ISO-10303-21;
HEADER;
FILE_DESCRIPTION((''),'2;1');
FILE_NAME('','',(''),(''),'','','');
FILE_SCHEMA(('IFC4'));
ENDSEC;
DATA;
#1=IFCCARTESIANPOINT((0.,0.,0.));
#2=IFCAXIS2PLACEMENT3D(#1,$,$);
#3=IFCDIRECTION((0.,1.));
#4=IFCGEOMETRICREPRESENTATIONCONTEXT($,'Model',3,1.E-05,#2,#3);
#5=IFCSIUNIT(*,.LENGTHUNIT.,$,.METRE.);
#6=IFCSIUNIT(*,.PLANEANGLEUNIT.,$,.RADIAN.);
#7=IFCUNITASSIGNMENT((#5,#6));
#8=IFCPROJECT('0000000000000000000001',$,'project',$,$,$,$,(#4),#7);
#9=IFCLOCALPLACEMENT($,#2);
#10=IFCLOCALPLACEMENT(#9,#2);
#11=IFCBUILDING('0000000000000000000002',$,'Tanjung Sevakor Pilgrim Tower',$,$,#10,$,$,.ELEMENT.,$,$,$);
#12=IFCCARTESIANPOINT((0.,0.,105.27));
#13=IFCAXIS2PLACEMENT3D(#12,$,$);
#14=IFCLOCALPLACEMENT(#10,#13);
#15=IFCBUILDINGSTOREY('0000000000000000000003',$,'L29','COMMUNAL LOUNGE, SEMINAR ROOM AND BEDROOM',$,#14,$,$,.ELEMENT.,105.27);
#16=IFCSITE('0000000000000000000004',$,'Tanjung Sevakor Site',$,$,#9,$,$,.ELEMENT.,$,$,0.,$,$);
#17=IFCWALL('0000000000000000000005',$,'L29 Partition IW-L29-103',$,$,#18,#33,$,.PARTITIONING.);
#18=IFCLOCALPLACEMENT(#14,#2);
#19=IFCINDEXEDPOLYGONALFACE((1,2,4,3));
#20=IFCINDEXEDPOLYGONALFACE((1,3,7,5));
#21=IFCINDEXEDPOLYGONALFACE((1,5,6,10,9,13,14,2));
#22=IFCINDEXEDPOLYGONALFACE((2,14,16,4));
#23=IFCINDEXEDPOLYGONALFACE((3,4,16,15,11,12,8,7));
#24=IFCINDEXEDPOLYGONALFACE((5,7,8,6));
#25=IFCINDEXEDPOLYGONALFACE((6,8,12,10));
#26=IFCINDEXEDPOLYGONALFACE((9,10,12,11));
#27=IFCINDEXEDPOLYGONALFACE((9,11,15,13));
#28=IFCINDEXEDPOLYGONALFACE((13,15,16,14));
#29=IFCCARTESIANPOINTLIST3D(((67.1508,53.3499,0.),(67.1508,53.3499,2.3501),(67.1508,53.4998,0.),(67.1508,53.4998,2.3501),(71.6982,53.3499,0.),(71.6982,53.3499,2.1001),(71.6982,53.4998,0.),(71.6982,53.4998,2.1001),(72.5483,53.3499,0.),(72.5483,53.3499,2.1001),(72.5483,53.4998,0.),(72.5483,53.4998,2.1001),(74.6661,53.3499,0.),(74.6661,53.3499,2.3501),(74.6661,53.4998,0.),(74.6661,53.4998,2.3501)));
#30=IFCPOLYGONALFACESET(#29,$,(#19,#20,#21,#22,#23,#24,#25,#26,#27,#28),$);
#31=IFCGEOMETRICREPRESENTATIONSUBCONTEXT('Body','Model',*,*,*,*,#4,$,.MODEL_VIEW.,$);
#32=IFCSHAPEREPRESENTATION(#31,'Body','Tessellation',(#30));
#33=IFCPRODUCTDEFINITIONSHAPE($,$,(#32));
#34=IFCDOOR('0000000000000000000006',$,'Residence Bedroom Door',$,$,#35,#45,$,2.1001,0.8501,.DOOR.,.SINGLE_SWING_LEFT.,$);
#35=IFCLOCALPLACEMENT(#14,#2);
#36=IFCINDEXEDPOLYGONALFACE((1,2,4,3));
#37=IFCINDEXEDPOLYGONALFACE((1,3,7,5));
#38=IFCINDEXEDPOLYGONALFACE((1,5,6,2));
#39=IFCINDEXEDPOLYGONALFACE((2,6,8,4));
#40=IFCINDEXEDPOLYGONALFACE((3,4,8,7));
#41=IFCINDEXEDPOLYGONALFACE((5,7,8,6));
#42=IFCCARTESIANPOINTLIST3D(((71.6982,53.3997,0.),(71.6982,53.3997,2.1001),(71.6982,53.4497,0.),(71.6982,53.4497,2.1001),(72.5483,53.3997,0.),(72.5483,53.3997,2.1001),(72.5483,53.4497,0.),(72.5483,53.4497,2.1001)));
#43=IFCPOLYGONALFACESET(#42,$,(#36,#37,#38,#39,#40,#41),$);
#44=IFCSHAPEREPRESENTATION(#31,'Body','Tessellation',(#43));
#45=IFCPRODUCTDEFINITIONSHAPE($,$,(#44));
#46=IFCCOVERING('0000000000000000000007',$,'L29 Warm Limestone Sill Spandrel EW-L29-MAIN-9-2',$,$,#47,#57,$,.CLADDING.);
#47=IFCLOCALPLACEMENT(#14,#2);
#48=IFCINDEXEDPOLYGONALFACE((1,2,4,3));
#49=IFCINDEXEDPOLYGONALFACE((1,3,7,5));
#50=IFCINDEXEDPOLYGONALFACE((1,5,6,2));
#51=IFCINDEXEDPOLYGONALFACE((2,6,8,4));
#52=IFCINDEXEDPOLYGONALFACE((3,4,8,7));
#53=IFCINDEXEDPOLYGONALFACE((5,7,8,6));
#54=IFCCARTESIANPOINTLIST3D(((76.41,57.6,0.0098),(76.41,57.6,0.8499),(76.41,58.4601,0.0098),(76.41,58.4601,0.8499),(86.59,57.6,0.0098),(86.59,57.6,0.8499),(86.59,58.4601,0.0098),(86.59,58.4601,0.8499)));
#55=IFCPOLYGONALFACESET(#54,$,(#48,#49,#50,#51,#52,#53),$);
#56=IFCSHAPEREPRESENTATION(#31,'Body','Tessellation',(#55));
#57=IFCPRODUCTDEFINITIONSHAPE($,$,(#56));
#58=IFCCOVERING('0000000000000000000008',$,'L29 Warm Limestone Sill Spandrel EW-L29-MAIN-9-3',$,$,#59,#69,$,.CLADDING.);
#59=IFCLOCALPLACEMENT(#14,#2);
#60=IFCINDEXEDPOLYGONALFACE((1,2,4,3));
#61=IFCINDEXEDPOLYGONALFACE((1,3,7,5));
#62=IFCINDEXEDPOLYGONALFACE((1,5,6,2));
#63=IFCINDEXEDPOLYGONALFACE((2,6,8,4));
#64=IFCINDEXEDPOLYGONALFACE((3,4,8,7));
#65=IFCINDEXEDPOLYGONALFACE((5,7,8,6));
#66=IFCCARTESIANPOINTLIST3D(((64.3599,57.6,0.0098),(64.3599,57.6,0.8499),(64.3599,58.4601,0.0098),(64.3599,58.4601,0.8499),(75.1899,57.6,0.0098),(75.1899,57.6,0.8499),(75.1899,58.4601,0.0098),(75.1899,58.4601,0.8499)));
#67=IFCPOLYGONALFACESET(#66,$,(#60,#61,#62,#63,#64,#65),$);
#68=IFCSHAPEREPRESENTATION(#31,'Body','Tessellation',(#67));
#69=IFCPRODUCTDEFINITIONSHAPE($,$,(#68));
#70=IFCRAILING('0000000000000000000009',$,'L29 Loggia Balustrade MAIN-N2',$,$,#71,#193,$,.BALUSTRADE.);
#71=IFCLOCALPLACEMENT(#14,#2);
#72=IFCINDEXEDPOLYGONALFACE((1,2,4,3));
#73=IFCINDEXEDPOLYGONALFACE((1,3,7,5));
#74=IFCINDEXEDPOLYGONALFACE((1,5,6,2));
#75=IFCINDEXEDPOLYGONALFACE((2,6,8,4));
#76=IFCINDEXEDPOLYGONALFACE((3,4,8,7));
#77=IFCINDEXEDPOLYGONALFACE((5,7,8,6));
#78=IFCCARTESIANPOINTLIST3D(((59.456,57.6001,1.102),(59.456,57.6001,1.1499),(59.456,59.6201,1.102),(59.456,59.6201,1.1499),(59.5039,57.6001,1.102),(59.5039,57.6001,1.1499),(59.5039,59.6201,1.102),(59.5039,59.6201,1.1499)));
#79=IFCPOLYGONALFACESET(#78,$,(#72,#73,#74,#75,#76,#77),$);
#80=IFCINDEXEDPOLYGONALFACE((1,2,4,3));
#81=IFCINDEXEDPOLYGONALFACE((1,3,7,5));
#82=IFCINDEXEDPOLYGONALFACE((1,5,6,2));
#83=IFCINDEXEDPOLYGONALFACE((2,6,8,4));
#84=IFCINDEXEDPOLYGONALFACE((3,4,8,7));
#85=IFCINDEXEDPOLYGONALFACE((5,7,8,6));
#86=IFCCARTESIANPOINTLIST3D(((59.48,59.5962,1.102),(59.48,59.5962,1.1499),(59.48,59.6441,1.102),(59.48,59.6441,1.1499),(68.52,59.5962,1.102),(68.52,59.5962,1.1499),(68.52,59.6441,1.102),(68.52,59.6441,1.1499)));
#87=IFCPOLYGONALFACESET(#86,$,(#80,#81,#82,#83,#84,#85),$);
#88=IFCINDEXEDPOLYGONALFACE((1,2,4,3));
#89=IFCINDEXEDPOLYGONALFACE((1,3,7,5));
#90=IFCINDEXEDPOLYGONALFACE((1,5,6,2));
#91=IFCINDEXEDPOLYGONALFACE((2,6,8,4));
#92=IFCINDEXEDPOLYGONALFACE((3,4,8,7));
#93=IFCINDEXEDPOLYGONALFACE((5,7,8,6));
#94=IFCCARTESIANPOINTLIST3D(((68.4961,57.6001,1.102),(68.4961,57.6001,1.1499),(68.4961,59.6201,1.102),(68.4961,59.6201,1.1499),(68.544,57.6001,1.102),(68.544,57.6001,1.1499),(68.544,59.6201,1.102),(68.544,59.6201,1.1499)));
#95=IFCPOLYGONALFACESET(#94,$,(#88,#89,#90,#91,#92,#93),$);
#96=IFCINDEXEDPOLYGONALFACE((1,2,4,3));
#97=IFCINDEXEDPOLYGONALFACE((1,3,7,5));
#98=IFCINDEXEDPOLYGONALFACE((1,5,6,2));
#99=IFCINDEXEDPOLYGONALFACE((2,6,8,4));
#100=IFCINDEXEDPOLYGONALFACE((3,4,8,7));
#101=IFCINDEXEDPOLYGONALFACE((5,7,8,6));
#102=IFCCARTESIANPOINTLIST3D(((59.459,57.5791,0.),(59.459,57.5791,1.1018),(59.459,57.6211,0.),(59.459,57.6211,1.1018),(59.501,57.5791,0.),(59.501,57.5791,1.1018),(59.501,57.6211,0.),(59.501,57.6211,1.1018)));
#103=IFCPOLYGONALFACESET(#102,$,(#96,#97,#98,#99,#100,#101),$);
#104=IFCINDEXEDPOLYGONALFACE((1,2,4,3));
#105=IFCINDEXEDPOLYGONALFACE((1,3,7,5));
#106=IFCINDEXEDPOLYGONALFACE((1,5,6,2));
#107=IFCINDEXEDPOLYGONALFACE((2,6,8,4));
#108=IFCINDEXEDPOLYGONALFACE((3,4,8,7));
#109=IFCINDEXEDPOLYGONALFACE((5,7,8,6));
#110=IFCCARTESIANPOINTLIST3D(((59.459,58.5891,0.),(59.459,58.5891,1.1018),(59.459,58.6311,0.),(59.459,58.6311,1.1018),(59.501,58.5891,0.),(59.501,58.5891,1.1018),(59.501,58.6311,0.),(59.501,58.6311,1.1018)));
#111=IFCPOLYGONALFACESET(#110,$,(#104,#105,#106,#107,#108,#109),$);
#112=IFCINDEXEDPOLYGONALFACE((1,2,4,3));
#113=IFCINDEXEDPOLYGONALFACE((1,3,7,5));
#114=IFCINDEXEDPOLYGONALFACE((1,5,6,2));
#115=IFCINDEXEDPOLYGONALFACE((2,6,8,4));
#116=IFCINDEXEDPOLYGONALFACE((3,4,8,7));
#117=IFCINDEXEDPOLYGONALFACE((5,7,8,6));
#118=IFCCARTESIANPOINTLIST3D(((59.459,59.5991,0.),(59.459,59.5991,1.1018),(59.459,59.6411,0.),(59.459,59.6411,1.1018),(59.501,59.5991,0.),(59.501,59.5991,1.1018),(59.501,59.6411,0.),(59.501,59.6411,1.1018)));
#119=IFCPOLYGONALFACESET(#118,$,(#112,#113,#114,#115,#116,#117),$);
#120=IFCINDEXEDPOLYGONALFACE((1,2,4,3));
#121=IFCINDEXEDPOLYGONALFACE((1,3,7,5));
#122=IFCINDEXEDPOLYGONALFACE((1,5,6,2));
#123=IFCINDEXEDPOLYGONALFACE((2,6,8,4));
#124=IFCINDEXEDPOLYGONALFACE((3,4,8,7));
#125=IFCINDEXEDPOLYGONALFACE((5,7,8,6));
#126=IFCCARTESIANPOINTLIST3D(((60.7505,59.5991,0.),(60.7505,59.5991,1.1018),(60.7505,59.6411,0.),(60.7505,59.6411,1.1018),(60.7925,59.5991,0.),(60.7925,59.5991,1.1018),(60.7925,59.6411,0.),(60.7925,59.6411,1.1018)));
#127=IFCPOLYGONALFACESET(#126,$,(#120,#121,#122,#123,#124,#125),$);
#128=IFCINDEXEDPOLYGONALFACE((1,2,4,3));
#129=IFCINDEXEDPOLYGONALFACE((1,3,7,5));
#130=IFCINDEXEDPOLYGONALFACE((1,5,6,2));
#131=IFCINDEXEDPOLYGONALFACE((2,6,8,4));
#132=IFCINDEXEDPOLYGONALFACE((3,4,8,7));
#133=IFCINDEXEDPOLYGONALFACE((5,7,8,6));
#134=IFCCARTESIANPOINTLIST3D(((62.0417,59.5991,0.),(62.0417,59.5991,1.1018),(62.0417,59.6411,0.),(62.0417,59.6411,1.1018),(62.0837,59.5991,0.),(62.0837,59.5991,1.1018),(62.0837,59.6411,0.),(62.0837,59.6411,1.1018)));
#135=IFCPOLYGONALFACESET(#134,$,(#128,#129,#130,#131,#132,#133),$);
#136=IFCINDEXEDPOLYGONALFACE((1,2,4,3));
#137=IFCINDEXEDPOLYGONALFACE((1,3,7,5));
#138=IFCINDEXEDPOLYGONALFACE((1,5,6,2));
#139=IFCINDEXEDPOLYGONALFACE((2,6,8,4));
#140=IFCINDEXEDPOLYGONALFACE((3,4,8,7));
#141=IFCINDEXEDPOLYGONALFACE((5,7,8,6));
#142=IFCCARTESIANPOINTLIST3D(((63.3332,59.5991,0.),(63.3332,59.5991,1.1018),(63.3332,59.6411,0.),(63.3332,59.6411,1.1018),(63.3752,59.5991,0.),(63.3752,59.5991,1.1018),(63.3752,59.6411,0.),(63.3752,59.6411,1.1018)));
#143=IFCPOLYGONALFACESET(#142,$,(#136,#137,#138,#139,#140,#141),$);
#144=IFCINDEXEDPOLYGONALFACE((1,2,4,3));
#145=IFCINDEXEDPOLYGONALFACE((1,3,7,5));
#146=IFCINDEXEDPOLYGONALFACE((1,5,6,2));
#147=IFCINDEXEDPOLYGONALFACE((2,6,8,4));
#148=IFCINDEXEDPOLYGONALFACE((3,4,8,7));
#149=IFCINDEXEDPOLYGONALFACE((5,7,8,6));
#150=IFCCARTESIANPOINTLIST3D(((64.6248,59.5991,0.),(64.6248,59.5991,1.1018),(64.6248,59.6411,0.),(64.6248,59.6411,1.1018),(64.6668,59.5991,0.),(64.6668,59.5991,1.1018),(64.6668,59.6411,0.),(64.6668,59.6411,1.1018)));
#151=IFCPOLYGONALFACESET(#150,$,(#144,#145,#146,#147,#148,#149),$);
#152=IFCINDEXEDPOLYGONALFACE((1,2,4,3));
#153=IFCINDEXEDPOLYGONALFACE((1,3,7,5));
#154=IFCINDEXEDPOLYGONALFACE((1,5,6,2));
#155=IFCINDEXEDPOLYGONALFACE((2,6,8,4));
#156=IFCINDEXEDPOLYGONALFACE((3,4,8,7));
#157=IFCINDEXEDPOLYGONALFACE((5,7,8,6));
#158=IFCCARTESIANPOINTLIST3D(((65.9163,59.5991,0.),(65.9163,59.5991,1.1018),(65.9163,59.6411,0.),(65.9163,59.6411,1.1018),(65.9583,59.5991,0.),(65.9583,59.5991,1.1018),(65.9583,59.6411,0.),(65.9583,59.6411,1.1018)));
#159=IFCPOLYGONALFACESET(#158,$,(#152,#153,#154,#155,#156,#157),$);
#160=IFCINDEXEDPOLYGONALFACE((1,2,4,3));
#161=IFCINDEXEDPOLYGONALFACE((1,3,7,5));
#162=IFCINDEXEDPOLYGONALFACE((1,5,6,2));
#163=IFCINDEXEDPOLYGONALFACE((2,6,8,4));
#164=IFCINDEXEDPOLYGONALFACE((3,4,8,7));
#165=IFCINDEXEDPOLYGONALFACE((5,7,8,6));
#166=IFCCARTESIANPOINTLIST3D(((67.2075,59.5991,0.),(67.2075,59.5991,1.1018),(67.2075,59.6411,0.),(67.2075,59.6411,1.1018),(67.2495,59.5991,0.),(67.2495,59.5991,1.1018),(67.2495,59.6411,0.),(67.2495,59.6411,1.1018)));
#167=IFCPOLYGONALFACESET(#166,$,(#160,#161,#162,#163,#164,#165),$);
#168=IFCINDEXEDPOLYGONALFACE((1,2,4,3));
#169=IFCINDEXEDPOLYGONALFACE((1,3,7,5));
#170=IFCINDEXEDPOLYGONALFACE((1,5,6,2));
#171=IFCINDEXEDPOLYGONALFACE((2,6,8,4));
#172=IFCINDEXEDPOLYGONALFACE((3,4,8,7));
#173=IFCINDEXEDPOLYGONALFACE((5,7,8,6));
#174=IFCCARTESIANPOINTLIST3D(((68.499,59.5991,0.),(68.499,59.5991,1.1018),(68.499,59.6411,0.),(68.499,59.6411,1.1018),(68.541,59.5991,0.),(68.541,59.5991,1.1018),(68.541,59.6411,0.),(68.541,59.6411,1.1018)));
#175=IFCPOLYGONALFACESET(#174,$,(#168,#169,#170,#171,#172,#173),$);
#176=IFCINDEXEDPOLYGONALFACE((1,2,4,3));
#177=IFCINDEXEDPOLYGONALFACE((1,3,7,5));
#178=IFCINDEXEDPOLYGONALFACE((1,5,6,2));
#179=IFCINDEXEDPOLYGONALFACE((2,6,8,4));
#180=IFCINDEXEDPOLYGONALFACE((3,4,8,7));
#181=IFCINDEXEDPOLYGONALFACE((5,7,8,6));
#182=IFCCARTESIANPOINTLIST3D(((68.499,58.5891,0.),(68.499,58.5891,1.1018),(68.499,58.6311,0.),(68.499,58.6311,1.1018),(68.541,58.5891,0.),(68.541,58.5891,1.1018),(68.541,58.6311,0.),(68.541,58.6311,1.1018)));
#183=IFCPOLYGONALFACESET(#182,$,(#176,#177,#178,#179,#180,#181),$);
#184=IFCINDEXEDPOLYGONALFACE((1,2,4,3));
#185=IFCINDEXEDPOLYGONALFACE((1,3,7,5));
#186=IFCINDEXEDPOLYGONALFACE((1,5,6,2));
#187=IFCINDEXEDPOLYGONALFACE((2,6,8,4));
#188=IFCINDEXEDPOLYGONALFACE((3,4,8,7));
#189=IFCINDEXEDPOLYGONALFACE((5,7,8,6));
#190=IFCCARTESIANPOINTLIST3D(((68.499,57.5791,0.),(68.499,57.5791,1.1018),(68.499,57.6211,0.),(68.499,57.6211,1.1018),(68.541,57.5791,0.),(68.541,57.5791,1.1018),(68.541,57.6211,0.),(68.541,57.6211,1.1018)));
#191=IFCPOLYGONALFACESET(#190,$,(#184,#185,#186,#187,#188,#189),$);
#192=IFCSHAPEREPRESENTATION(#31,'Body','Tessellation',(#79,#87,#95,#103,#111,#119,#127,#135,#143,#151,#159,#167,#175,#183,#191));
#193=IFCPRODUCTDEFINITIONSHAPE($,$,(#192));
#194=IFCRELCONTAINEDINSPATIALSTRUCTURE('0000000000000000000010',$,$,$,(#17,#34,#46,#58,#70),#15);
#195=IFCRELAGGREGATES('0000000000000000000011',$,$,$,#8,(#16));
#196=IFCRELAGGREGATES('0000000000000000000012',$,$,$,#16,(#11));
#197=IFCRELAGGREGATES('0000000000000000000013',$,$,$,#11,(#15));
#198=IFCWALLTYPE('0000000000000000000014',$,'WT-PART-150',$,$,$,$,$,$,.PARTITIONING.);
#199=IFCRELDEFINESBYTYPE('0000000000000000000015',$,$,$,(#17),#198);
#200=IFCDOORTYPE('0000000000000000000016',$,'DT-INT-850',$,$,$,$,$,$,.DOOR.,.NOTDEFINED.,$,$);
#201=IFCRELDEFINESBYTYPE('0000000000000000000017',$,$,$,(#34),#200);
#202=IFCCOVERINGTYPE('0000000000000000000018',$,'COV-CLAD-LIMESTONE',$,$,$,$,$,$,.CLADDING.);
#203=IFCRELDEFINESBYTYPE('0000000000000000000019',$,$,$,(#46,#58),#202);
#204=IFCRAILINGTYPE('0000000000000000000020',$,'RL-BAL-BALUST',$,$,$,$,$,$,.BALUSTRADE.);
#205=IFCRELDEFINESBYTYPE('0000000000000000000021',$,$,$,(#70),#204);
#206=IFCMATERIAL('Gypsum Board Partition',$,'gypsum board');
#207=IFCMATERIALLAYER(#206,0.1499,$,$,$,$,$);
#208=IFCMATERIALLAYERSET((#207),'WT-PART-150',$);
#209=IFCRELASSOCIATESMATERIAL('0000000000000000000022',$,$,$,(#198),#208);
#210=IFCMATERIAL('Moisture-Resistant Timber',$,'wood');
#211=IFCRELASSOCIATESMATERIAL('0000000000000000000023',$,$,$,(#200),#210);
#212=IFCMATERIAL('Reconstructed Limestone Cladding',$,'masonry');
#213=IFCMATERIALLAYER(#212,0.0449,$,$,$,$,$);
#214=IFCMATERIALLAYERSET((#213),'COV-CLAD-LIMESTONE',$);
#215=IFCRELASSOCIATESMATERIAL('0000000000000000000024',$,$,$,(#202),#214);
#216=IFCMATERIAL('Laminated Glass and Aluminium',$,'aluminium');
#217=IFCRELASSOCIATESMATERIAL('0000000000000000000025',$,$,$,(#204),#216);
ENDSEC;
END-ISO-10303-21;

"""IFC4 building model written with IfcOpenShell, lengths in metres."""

from ifc_helpers import new_model, si_unit, direction, frame, frame_2d, origin, origin_2d, place, context, subcontext, project, spatial, rectangle, extrude, material, layer, layer_set, type_object, element, fill, save


model = new_model("IFC4")

# Units and contexts
model_context = context("Model", 3, precision=1e-05, world=origin(), true_north=direction((0.0, 1.0)))
body_context = subcontext(model_context, "Body", "Model", "MODEL_VIEW")
ifc_project = project(units=[si_unit("LENGTHUNIT", "METRE"), si_unit("PLANEANGLEUNIT", "RADIAN")], contexts=[model_context])

# Site, building, storey
site_placement = place(None, origin())
site = spatial("IfcSite", under=ifc_project, at=site_placement, Name="Tanjung Sevakor Site", CompositionType="ELEMENT", RefElevation=0.0)
building_placement = place(site_placement, origin())
building = spatial("IfcBuilding", under=site, at=building_placement, Name="Tanjung Sevakor Pilgrim Tower", CompositionType="ELEMENT")
storey_placement = place(building_placement, frame((0.0, 0.0, 105.27)))
storey = spatial("IfcBuildingStorey", under=building, at=storey_placement, Name="L29", Description="COMMUNAL LOUNGE, SEMINAR ROOM AND BEDROOM", CompositionType="ELEMENT", Elevation=105.27)

# Shared definitions
ifc_material_1 = material(Name="Gypsum Board Partition", Category="gypsum board")
ifc_layer_1 = layer(ifc_material_1, 0.1499)
ifc_layer_set_1 = layer_set([ifc_layer_1], Name="WT-PART-150")
wall_type_1 = type_object("IfcWallType", Name="WT-PART-150", PredefinedType="PARTITIONING", material=ifc_layer_set_1)

# Shared definitions
ifc_material_2 = material(Name="Moisture-Resistant Timber", Category="wood")
door_type_1 = type_object("IfcDoorType", Name="DT-INT-850", OperationType="NOTDEFINED", PredefinedType="DOOR", material=ifc_material_2)

# Wall, opening, door
wall_1_placement = place(storey_placement, frame((67.1506, 53.4248, 0.0), z_axis=(0.0, 0.0, 1.0), x_axis=(1.0, 0.0, 0.0)))
wall_1 = element("IfcWall", 1, at=wall_1_placement, inside=storey, type_object=wall_type_1, Name="L29 Partition IW-L29-103", PredefinedType="PARTITIONING", context=body_context, shape_type="SweptSolid", body=[
    extrude(rectangle(XDim=7.5154, YDim=0.1499, at=frame_2d((3.7578, 0.0))), origin(), (0.0, 0.0, 1.0), 2.3501),
])
opening_1_placement = place(wall_1_placement, frame((4.5476, 0.0, 0.0)))
opening_1 = element("IfcOpeningElement", 2, at=opening_1_placement, cuts=wall_1, PredefinedType="OPENING", context=body_context, shape_type="SweptSolid", body=[
    extrude(rectangle(XDim=0.8501, YDim=2.1001, at=frame_2d((0.425, 1.05))), frame((0.0, 0.085, 0.0), z_axis=(0.0, -1.0, 0.0), x_axis=(1.0, 0.0, 0.0)), (0.0, 0.0, 1.0), 0.1699),
])
door_1_placement = place(opening_1_placement, origin())
door_1 = element("IfcDoor", 3, at=door_1_placement, inside=storey, type_object=door_type_1, Name="Residence Bedroom Door", OperationType="SINGLE_SWING_LEFT", OverallHeight=2.1001, OverallWidth=0.8501, PredefinedType="DOOR", context=body_context, shape_type="SweptSolid", body=[
    extrude(rectangle(XDim=0.8501, YDim=2.1001, at=frame_2d((0.425, 1.05))), frame((0.0, 0.0249, 0.0), z_axis=(0.0, -1.0, 0.0), x_axis=(1.0, 0.0, 0.0)), (0.0, 0.0, 1.0), 0.05),
])
fill(opening_1, door_1)

# Coverings
ifc_material_3 = material(Name="Reconstructed Limestone Cladding", Category="masonry")
ifc_layer_2 = layer(ifc_material_3, 0.0449)
ifc_layer_set_2 = layer_set([ifc_layer_2], Name="COV-CLAD-LIMESTONE")
covering_type = type_object("IfcCoveringType", Name="COV-CLAD-LIMESTONE", PredefinedType="CLADDING", material=ifc_layer_set_2)
covering_1_placement = place(storey_placement, frame((81.5, 58.03, 0.0098), z_axis=(0.0, 0.0, 1.0), x_axis=(-1.0, 0.0, 0.0)))
element("IfcCovering", 4, at=covering_1_placement, inside=storey, type_object=covering_type, Name="L29 Warm Limestone Sill Spandrel EW-L29-MAIN-9-2", PredefinedType="CLADDING", context=body_context, shape_type="SweptSolid", body=[
    extrude(rectangle(XDim=10.1799, YDim=0.8601, at=origin_2d()), origin(), (0.0, 0.0, 1.0), 0.8401),
])
covering_2_placement = place(storey_placement, frame((69.7749, 58.03, 0.0098), z_axis=(0.0, 0.0, 1.0), x_axis=(-1.0, 0.0, 0.0)))
element("IfcCovering", 5, at=covering_2_placement, inside=storey, type_object=covering_type, Name="L29 Warm Limestone Sill Spandrel EW-L29-MAIN-9-3", PredefinedType="CLADDING", context=body_context, shape_type="SweptSolid", body=[
    extrude(rectangle(XDim=10.8301, YDim=0.8601, at=origin_2d()), origin(), (0.0, 0.0, 1.0), 0.8401),
])

# Railing
ifc_material_4 = material(Name="Laminated Glass and Aluminium", Category="aluminium")
railing_type_1 = type_object("IfcRailingType", Name="RL-BAL-BALUST", PredefinedType="BALUSTRADE", material=ifc_material_4)
railing_1_placement = place(storey_placement, frame((59.48, 57.6001, 0.0)))
element("IfcRailing", 6, at=railing_1_placement, inside=storey, type_object=railing_type_1, Name="L29 Loggia Balustrade MAIN-N2", PredefinedType="BALUSTRADE", context=body_context, shape_type="SweptSolid", body=[
    extrude(rectangle(XDim=0.0479, YDim=0.0479), frame((0.0, 0.0, 1.126), z_axis=(0.0, 1.0, 0.0), x_axis=(-1.0, 0.0, 0.0)), (0.0, 0.0, 1.0), 2.02),
    extrude(rectangle(XDim=0.0479, YDim=0.0479), frame((0.0, 2.02, 1.126), z_axis=(1.0, 0.0, 0.0), x_axis=(0.0, 1.0, 0.0)), (0.0, 0.0, 1.0), 9.04),
    extrude(rectangle(XDim=0.0479, YDim=0.0479), frame((9.04, 2.02, 1.126), z_axis=(0.0, -1.0, 0.0), x_axis=(1.0, 0.0, 0.0)), (0.0, 0.0, 1.0), 2.02),
    extrude(rectangle(XDim=0.042, YDim=0.042), origin(), (0.0, 0.0, 1.0), 1.1018),
    extrude(rectangle(XDim=0.042, YDim=0.042), frame((0.0, 1.01, 0.0)), (0.0, 0.0, 1.0), 1.1018),
    extrude(rectangle(XDim=0.042, YDim=0.042), frame((0.0, 2.02, 0.0)), (0.0, 0.0, 1.0), 1.1018),
    extrude(rectangle(XDim=0.042, YDim=0.042), frame((1.2915, 2.02, 0.0)), (0.0, 0.0, 1.0), 1.1018),
    extrude(rectangle(XDim=0.042, YDim=0.042), frame((2.5828, 2.02, 0.0)), (0.0, 0.0, 1.0), 1.1018),
    extrude(rectangle(XDim=0.042, YDim=0.042), frame((3.8743, 2.02, 0.0)), (0.0, 0.0, 1.0), 1.1018),
    extrude(rectangle(XDim=0.042, YDim=0.042), frame((5.1658, 2.02, 0.0)), (0.0, 0.0, 1.0), 1.1018),
    extrude(rectangle(XDim=0.042, YDim=0.042), frame((6.4573, 2.02, 0.0)), (0.0, 0.0, 1.0), 1.1018),
    extrude(rectangle(XDim=0.042, YDim=0.042), frame((7.7485, 2.02, 0.0)), (0.0, 0.0, 1.0), 1.1018),
    extrude(rectangle(XDim=0.042, YDim=0.042), frame((9.04, 2.02, 0.0)), (0.0, 0.0, 1.0), 1.1018),
    extrude(rectangle(XDim=0.042, YDim=0.042), frame((9.04, 1.01, 0.0)), (0.0, 0.0, 1.0), 1.1018),
    extrude(rectangle(XDim=0.042, YDim=0.042), frame((9.04, 0.0, 0.0)), (0.0, 0.0, 1.0), 1.1018),
])

save(model, "model.ifc")
